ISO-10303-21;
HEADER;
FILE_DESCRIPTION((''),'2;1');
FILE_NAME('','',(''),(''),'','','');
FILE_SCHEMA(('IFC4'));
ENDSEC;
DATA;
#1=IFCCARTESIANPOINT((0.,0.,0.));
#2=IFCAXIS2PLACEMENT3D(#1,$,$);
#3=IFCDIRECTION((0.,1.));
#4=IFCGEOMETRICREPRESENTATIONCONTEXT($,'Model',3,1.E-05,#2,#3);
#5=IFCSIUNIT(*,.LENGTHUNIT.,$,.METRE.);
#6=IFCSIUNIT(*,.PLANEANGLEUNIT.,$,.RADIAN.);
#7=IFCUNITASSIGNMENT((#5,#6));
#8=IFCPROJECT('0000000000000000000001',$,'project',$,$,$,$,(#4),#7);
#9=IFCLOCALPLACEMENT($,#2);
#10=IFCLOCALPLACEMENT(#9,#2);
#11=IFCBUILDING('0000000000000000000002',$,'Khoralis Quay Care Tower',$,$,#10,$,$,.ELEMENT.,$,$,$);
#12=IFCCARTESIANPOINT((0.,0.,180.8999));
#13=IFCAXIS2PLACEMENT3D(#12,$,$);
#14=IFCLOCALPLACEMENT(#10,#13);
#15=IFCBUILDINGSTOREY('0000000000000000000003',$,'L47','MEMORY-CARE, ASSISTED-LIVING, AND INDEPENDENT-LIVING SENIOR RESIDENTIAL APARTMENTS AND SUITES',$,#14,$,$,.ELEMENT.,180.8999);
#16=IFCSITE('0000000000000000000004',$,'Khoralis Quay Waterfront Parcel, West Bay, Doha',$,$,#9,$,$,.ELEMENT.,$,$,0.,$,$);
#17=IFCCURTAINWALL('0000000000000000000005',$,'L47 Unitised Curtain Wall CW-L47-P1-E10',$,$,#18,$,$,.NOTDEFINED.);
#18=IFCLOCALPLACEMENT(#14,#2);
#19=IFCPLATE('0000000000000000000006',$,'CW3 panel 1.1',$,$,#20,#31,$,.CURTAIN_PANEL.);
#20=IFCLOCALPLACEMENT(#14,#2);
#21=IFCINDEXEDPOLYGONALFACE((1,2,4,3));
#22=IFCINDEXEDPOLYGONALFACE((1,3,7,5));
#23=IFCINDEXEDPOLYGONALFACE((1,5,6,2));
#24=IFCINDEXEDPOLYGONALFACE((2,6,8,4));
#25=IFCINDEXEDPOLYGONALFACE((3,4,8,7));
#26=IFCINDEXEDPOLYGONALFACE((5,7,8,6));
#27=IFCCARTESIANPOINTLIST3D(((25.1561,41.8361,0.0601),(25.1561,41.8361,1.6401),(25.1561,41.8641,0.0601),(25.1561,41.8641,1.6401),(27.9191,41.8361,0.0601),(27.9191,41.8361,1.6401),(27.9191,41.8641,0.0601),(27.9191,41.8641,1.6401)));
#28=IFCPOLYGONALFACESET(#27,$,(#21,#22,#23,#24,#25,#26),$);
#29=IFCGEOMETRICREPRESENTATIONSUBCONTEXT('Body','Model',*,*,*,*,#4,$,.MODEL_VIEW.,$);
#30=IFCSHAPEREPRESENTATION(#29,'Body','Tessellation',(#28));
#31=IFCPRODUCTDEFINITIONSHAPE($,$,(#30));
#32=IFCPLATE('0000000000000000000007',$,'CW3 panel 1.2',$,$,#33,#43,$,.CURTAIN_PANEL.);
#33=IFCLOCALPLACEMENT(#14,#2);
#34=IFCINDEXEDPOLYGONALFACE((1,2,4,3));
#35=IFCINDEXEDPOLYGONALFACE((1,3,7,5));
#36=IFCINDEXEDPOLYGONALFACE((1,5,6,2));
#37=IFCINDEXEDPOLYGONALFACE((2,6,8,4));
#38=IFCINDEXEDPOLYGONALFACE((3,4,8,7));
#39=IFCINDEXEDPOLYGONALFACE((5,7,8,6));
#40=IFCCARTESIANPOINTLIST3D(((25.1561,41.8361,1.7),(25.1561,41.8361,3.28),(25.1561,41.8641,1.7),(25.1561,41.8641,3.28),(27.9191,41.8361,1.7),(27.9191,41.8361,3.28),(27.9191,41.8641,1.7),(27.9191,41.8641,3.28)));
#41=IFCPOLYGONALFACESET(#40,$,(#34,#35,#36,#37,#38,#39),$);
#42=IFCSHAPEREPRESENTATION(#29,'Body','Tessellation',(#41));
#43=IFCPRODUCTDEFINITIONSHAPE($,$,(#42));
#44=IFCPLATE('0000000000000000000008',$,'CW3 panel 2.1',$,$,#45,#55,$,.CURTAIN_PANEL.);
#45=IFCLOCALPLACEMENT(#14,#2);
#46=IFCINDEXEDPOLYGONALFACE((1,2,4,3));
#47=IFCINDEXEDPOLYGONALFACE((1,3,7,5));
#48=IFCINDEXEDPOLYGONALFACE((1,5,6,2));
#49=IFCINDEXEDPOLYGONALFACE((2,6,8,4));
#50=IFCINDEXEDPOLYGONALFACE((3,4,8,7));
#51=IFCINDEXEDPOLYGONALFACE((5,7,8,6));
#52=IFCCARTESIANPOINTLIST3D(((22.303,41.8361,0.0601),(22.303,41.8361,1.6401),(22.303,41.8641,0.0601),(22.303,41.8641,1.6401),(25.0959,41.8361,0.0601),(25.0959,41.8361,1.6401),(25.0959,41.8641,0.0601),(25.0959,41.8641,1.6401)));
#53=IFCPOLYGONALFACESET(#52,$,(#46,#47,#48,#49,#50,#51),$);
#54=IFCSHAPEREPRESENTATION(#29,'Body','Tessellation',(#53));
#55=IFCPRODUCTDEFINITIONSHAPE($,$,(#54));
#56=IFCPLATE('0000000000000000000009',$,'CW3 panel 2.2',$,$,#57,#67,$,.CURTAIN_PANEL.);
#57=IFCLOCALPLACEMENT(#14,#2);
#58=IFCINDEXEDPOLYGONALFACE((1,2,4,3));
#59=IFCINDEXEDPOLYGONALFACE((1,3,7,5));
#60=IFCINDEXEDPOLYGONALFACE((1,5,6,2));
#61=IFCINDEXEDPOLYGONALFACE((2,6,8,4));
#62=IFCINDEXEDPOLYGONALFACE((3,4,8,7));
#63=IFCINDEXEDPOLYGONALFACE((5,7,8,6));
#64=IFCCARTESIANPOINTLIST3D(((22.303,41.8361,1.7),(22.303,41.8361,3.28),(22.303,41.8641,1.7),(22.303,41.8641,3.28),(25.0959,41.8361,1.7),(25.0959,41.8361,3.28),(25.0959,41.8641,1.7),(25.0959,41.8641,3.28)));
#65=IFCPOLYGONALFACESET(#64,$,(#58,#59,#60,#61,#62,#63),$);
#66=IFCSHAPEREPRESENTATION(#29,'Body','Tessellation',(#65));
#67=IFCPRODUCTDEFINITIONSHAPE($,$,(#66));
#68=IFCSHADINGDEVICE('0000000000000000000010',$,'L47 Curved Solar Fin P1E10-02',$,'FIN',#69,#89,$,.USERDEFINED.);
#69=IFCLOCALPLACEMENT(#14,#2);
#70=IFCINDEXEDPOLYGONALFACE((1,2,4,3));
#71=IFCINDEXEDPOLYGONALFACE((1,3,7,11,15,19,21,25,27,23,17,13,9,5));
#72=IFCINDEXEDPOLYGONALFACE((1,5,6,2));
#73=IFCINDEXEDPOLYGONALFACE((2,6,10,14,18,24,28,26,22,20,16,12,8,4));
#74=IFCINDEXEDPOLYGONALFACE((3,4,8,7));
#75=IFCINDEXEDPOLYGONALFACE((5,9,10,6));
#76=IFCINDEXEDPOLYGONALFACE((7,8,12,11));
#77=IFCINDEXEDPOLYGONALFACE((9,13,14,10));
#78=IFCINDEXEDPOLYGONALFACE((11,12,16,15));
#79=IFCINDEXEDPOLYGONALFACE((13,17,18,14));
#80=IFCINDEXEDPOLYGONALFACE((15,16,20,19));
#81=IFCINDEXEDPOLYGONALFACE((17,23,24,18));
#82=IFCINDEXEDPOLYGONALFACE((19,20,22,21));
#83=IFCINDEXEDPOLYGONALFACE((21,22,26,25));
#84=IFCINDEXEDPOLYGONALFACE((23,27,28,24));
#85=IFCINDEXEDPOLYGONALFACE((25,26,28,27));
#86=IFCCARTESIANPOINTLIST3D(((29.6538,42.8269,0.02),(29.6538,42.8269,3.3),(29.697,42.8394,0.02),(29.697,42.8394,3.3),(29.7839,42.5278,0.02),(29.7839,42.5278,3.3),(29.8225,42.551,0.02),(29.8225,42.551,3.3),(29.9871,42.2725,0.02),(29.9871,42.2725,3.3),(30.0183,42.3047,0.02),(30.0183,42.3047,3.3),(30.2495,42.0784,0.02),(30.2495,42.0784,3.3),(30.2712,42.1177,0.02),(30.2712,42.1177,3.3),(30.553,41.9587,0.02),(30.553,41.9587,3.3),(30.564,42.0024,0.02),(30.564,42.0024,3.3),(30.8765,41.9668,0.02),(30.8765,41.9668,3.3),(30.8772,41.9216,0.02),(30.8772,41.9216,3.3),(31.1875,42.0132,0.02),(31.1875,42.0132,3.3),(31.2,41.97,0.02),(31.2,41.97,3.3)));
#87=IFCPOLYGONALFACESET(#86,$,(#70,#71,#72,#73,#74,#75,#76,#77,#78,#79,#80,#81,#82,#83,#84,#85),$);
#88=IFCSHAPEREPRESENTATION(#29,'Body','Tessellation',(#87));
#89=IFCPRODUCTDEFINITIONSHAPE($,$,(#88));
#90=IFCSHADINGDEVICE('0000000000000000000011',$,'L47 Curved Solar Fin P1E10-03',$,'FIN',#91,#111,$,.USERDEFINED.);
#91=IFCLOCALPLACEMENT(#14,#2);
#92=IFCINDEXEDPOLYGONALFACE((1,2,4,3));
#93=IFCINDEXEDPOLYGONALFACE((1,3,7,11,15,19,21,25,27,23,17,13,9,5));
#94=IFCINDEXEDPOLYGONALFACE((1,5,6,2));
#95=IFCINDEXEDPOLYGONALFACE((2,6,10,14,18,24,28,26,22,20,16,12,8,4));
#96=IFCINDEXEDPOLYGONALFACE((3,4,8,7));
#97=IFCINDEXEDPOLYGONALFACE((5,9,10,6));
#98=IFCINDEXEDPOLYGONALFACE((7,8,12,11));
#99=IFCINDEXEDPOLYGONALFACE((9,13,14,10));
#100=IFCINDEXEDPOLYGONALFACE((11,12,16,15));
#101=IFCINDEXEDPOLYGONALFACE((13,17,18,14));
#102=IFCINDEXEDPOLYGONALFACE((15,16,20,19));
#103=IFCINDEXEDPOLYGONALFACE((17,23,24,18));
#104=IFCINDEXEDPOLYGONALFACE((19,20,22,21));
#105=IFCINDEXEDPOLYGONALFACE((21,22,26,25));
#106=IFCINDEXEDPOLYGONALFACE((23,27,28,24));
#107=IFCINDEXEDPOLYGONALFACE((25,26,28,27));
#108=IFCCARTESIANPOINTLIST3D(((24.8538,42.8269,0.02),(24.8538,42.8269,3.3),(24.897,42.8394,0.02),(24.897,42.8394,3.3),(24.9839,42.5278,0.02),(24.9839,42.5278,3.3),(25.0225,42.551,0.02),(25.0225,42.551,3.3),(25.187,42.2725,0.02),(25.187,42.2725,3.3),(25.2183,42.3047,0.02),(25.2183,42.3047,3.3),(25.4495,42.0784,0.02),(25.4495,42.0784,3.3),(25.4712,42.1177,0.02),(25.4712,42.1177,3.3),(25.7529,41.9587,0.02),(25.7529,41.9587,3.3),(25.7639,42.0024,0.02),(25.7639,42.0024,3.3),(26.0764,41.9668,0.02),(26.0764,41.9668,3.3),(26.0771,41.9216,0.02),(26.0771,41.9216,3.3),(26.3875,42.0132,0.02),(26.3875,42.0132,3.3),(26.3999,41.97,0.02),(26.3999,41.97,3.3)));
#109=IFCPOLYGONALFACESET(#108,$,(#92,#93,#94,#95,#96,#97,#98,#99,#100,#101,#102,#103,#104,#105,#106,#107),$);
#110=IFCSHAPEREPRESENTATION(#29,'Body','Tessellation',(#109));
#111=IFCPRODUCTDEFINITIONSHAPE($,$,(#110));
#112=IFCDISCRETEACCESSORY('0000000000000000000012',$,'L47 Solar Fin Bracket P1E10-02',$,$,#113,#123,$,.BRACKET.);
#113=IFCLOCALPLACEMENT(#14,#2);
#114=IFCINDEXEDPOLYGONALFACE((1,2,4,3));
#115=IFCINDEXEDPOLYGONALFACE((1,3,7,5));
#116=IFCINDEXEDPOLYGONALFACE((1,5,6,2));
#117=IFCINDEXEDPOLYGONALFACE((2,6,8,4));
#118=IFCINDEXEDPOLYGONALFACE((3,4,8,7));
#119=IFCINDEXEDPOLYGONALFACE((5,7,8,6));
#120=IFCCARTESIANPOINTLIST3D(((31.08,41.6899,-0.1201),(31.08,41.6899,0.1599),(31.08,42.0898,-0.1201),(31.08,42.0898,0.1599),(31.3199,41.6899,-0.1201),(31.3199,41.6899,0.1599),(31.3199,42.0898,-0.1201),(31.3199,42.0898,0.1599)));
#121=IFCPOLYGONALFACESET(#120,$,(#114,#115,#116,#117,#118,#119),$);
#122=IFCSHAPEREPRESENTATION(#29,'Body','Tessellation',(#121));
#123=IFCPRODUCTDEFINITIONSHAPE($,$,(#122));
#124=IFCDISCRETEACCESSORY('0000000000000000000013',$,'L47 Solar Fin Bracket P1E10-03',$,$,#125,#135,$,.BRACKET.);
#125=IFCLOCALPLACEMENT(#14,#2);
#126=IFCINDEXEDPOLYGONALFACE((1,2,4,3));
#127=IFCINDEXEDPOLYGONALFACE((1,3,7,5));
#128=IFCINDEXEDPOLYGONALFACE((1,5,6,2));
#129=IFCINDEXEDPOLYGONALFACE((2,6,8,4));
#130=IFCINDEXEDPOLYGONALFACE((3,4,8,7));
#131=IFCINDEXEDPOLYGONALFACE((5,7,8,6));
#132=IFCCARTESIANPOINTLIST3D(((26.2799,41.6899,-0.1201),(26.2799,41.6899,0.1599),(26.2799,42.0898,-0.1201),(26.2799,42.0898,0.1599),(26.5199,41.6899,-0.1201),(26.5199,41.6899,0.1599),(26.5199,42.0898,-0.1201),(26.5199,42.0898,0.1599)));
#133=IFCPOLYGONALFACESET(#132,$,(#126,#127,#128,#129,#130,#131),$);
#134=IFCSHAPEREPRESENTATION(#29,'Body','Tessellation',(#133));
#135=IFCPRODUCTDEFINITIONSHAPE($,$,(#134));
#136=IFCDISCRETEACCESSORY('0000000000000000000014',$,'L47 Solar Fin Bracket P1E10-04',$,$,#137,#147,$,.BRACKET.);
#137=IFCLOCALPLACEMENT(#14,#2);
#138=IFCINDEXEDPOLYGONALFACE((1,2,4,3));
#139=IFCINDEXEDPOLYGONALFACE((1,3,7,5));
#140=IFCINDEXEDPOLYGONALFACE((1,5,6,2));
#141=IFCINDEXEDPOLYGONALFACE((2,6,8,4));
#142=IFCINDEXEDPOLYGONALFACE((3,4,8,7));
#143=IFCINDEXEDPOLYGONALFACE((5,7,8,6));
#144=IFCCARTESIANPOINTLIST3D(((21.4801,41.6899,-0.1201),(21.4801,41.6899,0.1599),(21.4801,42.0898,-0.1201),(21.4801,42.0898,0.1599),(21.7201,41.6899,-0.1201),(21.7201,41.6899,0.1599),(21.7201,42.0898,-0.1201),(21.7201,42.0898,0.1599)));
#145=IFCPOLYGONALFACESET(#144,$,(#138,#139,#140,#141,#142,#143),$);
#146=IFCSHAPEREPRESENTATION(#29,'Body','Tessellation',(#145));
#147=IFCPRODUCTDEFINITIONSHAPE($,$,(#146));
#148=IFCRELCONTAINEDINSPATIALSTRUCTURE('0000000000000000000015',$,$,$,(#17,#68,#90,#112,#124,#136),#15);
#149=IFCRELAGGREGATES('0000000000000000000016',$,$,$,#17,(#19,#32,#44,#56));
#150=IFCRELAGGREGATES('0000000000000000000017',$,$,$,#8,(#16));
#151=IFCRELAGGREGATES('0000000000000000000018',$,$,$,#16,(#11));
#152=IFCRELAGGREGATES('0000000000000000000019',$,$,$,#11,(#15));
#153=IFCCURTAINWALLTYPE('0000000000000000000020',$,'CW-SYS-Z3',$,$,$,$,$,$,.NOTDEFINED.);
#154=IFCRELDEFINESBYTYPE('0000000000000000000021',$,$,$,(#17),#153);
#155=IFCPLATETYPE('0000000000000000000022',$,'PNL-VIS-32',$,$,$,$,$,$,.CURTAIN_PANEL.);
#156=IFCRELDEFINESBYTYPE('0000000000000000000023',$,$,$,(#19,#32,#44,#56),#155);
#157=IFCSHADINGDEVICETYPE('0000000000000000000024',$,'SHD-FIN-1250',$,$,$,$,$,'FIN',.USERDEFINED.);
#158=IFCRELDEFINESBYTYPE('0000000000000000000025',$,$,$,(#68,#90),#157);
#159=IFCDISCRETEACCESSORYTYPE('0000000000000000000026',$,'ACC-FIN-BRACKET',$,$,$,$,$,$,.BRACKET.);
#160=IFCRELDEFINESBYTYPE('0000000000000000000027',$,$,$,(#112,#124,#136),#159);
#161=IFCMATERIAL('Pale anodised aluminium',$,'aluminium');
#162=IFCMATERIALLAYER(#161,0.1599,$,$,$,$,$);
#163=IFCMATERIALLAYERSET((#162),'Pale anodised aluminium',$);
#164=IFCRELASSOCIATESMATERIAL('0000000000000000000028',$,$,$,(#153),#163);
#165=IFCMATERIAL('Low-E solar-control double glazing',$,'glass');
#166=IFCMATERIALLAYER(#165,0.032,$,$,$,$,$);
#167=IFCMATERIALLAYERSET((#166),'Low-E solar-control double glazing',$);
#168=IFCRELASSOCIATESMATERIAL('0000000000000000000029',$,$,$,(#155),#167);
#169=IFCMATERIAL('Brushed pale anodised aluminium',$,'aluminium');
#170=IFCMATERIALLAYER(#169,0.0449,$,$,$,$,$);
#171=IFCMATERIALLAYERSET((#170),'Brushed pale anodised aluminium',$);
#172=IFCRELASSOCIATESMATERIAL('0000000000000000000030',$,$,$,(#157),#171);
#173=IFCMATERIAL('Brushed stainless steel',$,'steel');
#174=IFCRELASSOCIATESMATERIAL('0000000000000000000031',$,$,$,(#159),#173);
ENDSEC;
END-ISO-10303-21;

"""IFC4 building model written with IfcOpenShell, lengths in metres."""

from ifc_helpers import new_model, si_unit, direction, frame, origin, origin_2d, place, context, subcontext, project, spatial, polyline, rectangle, outline, extrude, source, transform, mapped, material, layer, layer_set, type_object, element, aggregate, save


model = new_model("IFC4")

# Units and contexts
model_context = context("Model", 3, precision=1e-05, world=origin(), true_north=direction((0.0, 1.0)))
body_context = subcontext(model_context, "Body", "Model", "MODEL_VIEW")
ifc_project = project(units=[si_unit("LENGTHUNIT", "METRE"), si_unit("PLANEANGLEUNIT", "RADIAN")], contexts=[model_context])

# Site, building, storey
site_placement = place(None, origin())
site = spatial("IfcSite", under=ifc_project, at=site_placement, Name="Khoralis Quay Waterfront Parcel, West Bay, Doha", CompositionType="ELEMENT", RefElevation=0.0)
building_placement = place(site_placement, origin())
building = spatial("IfcBuilding", under=site, at=building_placement, Name="Khoralis Quay Care Tower", CompositionType="ELEMENT")
storey_placement = place(building_placement, frame((0.0, 0.0, 180.8999)))
storey = spatial("IfcBuildingStorey", under=building, at=storey_placement, Name="L47", Description="MEMORY-CARE, ASSISTED-LIVING, AND INDEPENDENT-LIVING SENIOR RESIDENTIAL APARTMENTS AND SUITES", CompositionType="ELEMENT", Elevation=180.8999)

# Curtain wall, plates
ifc_material_1 = material(Name="Pale anodised aluminium", Category="aluminium")
ifc_layer_1 = layer(ifc_material_1, 0.1599)
ifc_layer_set_1 = layer_set([ifc_layer_1], Name="Pale anodised aluminium")
curtain_wall_type = type_object("IfcCurtainWallType", Name="CW-SYS-Z3", PredefinedType="NOTDEFINED", material=ifc_layer_set_1)
curtain_wall_placement = place(storey_placement, origin())
curtain_wall = element("IfcCurtainWall", 1, at=curtain_wall_placement, inside=storey, type_object=curtain_wall_type, Name="L47 Unitised Curtain Wall CW-L47-P1-E10", PredefinedType="NOTDEFINED")
ifc_material_2 = material(Name="Low-E solar-control double glazing", Category="glass")
ifc_layer_2 = layer(ifc_material_2, 0.032)
ifc_layer_set_2 = layer_set([ifc_layer_2], Name="Low-E solar-control double glazing")
plate_type = type_object("IfcPlateType", Name="PNL-VIS-32", PredefinedType="CURTAIN_PANEL", material=ifc_layer_set_2)
shared_shape_1 = source(origin(), body_context, "Body", "SweptSolid", [
    extrude(rectangle(XDim=2.7629, YDim=0.0281, at=origin_2d()), origin(), (0.0, 0.0, 1.0), 1.5801),
])
plate_1_placement = place(storey_placement, frame((26.5376, 41.8501, 0.0601), z_axis=(0.0, 0.0, 1.0), x_axis=(-1.0, 0.0, 0.0)))
plate_1 = element("IfcPlate", 2, at=plate_1_placement, type_object=plate_type, Name="CW3 panel 1.1", PredefinedType="CURTAIN_PANEL", context=body_context, shape_type="MappedRepresentation", body=[
    mapped(shared_shape_1, transform((0.0, 0.0, 0.0), scale=1.0)),
])
plate_2_placement = place(storey_placement, frame((26.5376, 41.8501, 1.7), z_axis=(0.0, 0.0, 1.0), x_axis=(-1.0, 0.0, 0.0)))
plate_2 = element("IfcPlate", 3, at=plate_2_placement, type_object=plate_type, Name="CW3 panel 1.2", PredefinedType="CURTAIN_PANEL", context=body_context, shape_type="MappedRepresentation", body=[
    mapped(shared_shape_1, transform((0.0, 0.0, 0.0), scale=1.0)),
])
shared_shape_2 = source(origin(), body_context, "Body", "SweptSolid", [
    extrude(rectangle(XDim=2.793, YDim=0.0281, at=origin_2d()), origin(), (0.0, 0.0, 1.0), 1.5801),
])
plate_3_placement = place(storey_placement, frame((23.6995, 41.8501, 0.0601), z_axis=(0.0, 0.0, 1.0), x_axis=(-1.0, 0.0, 0.0)))
plate_3 = element("IfcPlate", 4, at=plate_3_placement, type_object=plate_type, Name="CW3 panel 2.1", PredefinedType="CURTAIN_PANEL", context=body_context, shape_type="MappedRepresentation", body=[
    mapped(shared_shape_2, transform((0.0, 0.0, 0.0), scale=1.0)),
])
plate_4_placement = place(storey_placement, frame((23.6995, 41.8501, 1.7), z_axis=(0.0, 0.0, 1.0), x_axis=(-1.0, 0.0, 0.0)))
plate_4 = element("IfcPlate", 5, at=plate_4_placement, type_object=plate_type, Name="CW3 panel 2.2", PredefinedType="CURTAIN_PANEL", context=body_context, shape_type="MappedRepresentation", body=[
    mapped(shared_shape_2, transform((0.0, 0.0, 0.0), scale=1.0)),
])
aggregate(curtain_wall, [plate_1, plate_2, plate_3, plate_4])

# Shading devices
ifc_material_3 = material(Name="Brushed pale anodised aluminium", Category="aluminium")
ifc_layer_3 = layer(ifc_material_3, 0.0449)
ifc_layer_set_3 = layer_set([ifc_layer_3], Name="Brushed pale anodised aluminium")
shading_device_type = type_object("IfcShadingDeviceType", Name="SHD-FIN-1250", ElementType="FIN", PredefinedType="USERDEFINED", material=ifc_layer_set_3)
shared_shape_3 = source(origin(), body_context, "Body", "SweptSolid", [
    extrude(outline(polyline([(0.0, 0.0), (-0.0483, 0.3228), (-0.0112, 0.647), (0.1084, 0.9504), (0.3025, 1.2129), (0.5579, 1.416), (0.8569, 1.5461), (0.8694, 1.5029), (0.5811, 1.3774), (0.3347, 1.1816), (0.1477, 0.9287), (0.0325, 0.636), (-0.0032, 0.3235), (0.0432, 0.0125), (0.0, 0.0)])), origin(), (0.0, 0.0, 1.0), 3.28),
])
for number, where, z_axis, x_axis, name in (
    (6, (31.2, 41.97, 0.02), (0.0, 0.0, 1.0), (0.0, 1.0, 0.0), "L47 Curved Solar Fin P1E10-02"),
    (7, (26.3999, 41.97, 0.02), (0.0, 0.0, 1.0), (0.0, 1.0, 0.0), "L47 Curved Solar Fin P1E10-03"),
):
    element("IfcShadingDevice", number, at=place(storey_placement, frame(where, z_axis=z_axis, x_axis=x_axis)), inside=storey, type_object=shading_device_type, Name=name, ObjectType="FIN", PredefinedType="USERDEFINED", context=body_context, shape_type="MappedRepresentation", body=[
        mapped(shared_shape_3, transform((0.0, 0.0, 0.0), scale=1.0)),
    ])

# Discrete accessories
ifc_material_4 = material(Name="Brushed stainless steel", Category="steel")
discrete_accessory_type = type_object("IfcDiscreteAccessoryType", Name="ACC-FIN-BRACKET", PredefinedType="BRACKET", material=ifc_material_4)
shared_shape_4 = source(origin(), body_context, "Body", "SweptSolid", [
    extrude(rectangle(XDim=0.3999, YDim=0.24, at=origin_2d()), origin(), (0.0, 0.0, 1.0), 0.28),
])
for number, where, z_axis, x_axis, name in (
    (8, (31.2, 41.8899, -0.1201), (0.0, 0.0, 1.0), (0.0, 1.0, 0.0), "L47 Solar Fin Bracket P1E10-02"),
    (9, (26.3999, 41.8899, -0.1201), (0.0, 0.0, 1.0), (0.0, 1.0, 0.0), "L47 Solar Fin Bracket P1E10-03"),
    (10, (21.6001, 41.8899, -0.1201), (0.0, 0.0, 1.0), (0.0, 1.0, 0.0), "L47 Solar Fin Bracket P1E10-04"),
):
    element("IfcDiscreteAccessory", number, at=place(storey_placement, frame(where, z_axis=z_axis, x_axis=x_axis)), inside=storey, type_object=discrete_accessory_type, Name=name, PredefinedType="BRACKET", context=body_context, shape_type="MappedRepresentation", body=[
        mapped(shared_shape_4, transform((0.0, 0.0, 0.0), scale=1.0)),
    ])

save(model, "model.ifc")
